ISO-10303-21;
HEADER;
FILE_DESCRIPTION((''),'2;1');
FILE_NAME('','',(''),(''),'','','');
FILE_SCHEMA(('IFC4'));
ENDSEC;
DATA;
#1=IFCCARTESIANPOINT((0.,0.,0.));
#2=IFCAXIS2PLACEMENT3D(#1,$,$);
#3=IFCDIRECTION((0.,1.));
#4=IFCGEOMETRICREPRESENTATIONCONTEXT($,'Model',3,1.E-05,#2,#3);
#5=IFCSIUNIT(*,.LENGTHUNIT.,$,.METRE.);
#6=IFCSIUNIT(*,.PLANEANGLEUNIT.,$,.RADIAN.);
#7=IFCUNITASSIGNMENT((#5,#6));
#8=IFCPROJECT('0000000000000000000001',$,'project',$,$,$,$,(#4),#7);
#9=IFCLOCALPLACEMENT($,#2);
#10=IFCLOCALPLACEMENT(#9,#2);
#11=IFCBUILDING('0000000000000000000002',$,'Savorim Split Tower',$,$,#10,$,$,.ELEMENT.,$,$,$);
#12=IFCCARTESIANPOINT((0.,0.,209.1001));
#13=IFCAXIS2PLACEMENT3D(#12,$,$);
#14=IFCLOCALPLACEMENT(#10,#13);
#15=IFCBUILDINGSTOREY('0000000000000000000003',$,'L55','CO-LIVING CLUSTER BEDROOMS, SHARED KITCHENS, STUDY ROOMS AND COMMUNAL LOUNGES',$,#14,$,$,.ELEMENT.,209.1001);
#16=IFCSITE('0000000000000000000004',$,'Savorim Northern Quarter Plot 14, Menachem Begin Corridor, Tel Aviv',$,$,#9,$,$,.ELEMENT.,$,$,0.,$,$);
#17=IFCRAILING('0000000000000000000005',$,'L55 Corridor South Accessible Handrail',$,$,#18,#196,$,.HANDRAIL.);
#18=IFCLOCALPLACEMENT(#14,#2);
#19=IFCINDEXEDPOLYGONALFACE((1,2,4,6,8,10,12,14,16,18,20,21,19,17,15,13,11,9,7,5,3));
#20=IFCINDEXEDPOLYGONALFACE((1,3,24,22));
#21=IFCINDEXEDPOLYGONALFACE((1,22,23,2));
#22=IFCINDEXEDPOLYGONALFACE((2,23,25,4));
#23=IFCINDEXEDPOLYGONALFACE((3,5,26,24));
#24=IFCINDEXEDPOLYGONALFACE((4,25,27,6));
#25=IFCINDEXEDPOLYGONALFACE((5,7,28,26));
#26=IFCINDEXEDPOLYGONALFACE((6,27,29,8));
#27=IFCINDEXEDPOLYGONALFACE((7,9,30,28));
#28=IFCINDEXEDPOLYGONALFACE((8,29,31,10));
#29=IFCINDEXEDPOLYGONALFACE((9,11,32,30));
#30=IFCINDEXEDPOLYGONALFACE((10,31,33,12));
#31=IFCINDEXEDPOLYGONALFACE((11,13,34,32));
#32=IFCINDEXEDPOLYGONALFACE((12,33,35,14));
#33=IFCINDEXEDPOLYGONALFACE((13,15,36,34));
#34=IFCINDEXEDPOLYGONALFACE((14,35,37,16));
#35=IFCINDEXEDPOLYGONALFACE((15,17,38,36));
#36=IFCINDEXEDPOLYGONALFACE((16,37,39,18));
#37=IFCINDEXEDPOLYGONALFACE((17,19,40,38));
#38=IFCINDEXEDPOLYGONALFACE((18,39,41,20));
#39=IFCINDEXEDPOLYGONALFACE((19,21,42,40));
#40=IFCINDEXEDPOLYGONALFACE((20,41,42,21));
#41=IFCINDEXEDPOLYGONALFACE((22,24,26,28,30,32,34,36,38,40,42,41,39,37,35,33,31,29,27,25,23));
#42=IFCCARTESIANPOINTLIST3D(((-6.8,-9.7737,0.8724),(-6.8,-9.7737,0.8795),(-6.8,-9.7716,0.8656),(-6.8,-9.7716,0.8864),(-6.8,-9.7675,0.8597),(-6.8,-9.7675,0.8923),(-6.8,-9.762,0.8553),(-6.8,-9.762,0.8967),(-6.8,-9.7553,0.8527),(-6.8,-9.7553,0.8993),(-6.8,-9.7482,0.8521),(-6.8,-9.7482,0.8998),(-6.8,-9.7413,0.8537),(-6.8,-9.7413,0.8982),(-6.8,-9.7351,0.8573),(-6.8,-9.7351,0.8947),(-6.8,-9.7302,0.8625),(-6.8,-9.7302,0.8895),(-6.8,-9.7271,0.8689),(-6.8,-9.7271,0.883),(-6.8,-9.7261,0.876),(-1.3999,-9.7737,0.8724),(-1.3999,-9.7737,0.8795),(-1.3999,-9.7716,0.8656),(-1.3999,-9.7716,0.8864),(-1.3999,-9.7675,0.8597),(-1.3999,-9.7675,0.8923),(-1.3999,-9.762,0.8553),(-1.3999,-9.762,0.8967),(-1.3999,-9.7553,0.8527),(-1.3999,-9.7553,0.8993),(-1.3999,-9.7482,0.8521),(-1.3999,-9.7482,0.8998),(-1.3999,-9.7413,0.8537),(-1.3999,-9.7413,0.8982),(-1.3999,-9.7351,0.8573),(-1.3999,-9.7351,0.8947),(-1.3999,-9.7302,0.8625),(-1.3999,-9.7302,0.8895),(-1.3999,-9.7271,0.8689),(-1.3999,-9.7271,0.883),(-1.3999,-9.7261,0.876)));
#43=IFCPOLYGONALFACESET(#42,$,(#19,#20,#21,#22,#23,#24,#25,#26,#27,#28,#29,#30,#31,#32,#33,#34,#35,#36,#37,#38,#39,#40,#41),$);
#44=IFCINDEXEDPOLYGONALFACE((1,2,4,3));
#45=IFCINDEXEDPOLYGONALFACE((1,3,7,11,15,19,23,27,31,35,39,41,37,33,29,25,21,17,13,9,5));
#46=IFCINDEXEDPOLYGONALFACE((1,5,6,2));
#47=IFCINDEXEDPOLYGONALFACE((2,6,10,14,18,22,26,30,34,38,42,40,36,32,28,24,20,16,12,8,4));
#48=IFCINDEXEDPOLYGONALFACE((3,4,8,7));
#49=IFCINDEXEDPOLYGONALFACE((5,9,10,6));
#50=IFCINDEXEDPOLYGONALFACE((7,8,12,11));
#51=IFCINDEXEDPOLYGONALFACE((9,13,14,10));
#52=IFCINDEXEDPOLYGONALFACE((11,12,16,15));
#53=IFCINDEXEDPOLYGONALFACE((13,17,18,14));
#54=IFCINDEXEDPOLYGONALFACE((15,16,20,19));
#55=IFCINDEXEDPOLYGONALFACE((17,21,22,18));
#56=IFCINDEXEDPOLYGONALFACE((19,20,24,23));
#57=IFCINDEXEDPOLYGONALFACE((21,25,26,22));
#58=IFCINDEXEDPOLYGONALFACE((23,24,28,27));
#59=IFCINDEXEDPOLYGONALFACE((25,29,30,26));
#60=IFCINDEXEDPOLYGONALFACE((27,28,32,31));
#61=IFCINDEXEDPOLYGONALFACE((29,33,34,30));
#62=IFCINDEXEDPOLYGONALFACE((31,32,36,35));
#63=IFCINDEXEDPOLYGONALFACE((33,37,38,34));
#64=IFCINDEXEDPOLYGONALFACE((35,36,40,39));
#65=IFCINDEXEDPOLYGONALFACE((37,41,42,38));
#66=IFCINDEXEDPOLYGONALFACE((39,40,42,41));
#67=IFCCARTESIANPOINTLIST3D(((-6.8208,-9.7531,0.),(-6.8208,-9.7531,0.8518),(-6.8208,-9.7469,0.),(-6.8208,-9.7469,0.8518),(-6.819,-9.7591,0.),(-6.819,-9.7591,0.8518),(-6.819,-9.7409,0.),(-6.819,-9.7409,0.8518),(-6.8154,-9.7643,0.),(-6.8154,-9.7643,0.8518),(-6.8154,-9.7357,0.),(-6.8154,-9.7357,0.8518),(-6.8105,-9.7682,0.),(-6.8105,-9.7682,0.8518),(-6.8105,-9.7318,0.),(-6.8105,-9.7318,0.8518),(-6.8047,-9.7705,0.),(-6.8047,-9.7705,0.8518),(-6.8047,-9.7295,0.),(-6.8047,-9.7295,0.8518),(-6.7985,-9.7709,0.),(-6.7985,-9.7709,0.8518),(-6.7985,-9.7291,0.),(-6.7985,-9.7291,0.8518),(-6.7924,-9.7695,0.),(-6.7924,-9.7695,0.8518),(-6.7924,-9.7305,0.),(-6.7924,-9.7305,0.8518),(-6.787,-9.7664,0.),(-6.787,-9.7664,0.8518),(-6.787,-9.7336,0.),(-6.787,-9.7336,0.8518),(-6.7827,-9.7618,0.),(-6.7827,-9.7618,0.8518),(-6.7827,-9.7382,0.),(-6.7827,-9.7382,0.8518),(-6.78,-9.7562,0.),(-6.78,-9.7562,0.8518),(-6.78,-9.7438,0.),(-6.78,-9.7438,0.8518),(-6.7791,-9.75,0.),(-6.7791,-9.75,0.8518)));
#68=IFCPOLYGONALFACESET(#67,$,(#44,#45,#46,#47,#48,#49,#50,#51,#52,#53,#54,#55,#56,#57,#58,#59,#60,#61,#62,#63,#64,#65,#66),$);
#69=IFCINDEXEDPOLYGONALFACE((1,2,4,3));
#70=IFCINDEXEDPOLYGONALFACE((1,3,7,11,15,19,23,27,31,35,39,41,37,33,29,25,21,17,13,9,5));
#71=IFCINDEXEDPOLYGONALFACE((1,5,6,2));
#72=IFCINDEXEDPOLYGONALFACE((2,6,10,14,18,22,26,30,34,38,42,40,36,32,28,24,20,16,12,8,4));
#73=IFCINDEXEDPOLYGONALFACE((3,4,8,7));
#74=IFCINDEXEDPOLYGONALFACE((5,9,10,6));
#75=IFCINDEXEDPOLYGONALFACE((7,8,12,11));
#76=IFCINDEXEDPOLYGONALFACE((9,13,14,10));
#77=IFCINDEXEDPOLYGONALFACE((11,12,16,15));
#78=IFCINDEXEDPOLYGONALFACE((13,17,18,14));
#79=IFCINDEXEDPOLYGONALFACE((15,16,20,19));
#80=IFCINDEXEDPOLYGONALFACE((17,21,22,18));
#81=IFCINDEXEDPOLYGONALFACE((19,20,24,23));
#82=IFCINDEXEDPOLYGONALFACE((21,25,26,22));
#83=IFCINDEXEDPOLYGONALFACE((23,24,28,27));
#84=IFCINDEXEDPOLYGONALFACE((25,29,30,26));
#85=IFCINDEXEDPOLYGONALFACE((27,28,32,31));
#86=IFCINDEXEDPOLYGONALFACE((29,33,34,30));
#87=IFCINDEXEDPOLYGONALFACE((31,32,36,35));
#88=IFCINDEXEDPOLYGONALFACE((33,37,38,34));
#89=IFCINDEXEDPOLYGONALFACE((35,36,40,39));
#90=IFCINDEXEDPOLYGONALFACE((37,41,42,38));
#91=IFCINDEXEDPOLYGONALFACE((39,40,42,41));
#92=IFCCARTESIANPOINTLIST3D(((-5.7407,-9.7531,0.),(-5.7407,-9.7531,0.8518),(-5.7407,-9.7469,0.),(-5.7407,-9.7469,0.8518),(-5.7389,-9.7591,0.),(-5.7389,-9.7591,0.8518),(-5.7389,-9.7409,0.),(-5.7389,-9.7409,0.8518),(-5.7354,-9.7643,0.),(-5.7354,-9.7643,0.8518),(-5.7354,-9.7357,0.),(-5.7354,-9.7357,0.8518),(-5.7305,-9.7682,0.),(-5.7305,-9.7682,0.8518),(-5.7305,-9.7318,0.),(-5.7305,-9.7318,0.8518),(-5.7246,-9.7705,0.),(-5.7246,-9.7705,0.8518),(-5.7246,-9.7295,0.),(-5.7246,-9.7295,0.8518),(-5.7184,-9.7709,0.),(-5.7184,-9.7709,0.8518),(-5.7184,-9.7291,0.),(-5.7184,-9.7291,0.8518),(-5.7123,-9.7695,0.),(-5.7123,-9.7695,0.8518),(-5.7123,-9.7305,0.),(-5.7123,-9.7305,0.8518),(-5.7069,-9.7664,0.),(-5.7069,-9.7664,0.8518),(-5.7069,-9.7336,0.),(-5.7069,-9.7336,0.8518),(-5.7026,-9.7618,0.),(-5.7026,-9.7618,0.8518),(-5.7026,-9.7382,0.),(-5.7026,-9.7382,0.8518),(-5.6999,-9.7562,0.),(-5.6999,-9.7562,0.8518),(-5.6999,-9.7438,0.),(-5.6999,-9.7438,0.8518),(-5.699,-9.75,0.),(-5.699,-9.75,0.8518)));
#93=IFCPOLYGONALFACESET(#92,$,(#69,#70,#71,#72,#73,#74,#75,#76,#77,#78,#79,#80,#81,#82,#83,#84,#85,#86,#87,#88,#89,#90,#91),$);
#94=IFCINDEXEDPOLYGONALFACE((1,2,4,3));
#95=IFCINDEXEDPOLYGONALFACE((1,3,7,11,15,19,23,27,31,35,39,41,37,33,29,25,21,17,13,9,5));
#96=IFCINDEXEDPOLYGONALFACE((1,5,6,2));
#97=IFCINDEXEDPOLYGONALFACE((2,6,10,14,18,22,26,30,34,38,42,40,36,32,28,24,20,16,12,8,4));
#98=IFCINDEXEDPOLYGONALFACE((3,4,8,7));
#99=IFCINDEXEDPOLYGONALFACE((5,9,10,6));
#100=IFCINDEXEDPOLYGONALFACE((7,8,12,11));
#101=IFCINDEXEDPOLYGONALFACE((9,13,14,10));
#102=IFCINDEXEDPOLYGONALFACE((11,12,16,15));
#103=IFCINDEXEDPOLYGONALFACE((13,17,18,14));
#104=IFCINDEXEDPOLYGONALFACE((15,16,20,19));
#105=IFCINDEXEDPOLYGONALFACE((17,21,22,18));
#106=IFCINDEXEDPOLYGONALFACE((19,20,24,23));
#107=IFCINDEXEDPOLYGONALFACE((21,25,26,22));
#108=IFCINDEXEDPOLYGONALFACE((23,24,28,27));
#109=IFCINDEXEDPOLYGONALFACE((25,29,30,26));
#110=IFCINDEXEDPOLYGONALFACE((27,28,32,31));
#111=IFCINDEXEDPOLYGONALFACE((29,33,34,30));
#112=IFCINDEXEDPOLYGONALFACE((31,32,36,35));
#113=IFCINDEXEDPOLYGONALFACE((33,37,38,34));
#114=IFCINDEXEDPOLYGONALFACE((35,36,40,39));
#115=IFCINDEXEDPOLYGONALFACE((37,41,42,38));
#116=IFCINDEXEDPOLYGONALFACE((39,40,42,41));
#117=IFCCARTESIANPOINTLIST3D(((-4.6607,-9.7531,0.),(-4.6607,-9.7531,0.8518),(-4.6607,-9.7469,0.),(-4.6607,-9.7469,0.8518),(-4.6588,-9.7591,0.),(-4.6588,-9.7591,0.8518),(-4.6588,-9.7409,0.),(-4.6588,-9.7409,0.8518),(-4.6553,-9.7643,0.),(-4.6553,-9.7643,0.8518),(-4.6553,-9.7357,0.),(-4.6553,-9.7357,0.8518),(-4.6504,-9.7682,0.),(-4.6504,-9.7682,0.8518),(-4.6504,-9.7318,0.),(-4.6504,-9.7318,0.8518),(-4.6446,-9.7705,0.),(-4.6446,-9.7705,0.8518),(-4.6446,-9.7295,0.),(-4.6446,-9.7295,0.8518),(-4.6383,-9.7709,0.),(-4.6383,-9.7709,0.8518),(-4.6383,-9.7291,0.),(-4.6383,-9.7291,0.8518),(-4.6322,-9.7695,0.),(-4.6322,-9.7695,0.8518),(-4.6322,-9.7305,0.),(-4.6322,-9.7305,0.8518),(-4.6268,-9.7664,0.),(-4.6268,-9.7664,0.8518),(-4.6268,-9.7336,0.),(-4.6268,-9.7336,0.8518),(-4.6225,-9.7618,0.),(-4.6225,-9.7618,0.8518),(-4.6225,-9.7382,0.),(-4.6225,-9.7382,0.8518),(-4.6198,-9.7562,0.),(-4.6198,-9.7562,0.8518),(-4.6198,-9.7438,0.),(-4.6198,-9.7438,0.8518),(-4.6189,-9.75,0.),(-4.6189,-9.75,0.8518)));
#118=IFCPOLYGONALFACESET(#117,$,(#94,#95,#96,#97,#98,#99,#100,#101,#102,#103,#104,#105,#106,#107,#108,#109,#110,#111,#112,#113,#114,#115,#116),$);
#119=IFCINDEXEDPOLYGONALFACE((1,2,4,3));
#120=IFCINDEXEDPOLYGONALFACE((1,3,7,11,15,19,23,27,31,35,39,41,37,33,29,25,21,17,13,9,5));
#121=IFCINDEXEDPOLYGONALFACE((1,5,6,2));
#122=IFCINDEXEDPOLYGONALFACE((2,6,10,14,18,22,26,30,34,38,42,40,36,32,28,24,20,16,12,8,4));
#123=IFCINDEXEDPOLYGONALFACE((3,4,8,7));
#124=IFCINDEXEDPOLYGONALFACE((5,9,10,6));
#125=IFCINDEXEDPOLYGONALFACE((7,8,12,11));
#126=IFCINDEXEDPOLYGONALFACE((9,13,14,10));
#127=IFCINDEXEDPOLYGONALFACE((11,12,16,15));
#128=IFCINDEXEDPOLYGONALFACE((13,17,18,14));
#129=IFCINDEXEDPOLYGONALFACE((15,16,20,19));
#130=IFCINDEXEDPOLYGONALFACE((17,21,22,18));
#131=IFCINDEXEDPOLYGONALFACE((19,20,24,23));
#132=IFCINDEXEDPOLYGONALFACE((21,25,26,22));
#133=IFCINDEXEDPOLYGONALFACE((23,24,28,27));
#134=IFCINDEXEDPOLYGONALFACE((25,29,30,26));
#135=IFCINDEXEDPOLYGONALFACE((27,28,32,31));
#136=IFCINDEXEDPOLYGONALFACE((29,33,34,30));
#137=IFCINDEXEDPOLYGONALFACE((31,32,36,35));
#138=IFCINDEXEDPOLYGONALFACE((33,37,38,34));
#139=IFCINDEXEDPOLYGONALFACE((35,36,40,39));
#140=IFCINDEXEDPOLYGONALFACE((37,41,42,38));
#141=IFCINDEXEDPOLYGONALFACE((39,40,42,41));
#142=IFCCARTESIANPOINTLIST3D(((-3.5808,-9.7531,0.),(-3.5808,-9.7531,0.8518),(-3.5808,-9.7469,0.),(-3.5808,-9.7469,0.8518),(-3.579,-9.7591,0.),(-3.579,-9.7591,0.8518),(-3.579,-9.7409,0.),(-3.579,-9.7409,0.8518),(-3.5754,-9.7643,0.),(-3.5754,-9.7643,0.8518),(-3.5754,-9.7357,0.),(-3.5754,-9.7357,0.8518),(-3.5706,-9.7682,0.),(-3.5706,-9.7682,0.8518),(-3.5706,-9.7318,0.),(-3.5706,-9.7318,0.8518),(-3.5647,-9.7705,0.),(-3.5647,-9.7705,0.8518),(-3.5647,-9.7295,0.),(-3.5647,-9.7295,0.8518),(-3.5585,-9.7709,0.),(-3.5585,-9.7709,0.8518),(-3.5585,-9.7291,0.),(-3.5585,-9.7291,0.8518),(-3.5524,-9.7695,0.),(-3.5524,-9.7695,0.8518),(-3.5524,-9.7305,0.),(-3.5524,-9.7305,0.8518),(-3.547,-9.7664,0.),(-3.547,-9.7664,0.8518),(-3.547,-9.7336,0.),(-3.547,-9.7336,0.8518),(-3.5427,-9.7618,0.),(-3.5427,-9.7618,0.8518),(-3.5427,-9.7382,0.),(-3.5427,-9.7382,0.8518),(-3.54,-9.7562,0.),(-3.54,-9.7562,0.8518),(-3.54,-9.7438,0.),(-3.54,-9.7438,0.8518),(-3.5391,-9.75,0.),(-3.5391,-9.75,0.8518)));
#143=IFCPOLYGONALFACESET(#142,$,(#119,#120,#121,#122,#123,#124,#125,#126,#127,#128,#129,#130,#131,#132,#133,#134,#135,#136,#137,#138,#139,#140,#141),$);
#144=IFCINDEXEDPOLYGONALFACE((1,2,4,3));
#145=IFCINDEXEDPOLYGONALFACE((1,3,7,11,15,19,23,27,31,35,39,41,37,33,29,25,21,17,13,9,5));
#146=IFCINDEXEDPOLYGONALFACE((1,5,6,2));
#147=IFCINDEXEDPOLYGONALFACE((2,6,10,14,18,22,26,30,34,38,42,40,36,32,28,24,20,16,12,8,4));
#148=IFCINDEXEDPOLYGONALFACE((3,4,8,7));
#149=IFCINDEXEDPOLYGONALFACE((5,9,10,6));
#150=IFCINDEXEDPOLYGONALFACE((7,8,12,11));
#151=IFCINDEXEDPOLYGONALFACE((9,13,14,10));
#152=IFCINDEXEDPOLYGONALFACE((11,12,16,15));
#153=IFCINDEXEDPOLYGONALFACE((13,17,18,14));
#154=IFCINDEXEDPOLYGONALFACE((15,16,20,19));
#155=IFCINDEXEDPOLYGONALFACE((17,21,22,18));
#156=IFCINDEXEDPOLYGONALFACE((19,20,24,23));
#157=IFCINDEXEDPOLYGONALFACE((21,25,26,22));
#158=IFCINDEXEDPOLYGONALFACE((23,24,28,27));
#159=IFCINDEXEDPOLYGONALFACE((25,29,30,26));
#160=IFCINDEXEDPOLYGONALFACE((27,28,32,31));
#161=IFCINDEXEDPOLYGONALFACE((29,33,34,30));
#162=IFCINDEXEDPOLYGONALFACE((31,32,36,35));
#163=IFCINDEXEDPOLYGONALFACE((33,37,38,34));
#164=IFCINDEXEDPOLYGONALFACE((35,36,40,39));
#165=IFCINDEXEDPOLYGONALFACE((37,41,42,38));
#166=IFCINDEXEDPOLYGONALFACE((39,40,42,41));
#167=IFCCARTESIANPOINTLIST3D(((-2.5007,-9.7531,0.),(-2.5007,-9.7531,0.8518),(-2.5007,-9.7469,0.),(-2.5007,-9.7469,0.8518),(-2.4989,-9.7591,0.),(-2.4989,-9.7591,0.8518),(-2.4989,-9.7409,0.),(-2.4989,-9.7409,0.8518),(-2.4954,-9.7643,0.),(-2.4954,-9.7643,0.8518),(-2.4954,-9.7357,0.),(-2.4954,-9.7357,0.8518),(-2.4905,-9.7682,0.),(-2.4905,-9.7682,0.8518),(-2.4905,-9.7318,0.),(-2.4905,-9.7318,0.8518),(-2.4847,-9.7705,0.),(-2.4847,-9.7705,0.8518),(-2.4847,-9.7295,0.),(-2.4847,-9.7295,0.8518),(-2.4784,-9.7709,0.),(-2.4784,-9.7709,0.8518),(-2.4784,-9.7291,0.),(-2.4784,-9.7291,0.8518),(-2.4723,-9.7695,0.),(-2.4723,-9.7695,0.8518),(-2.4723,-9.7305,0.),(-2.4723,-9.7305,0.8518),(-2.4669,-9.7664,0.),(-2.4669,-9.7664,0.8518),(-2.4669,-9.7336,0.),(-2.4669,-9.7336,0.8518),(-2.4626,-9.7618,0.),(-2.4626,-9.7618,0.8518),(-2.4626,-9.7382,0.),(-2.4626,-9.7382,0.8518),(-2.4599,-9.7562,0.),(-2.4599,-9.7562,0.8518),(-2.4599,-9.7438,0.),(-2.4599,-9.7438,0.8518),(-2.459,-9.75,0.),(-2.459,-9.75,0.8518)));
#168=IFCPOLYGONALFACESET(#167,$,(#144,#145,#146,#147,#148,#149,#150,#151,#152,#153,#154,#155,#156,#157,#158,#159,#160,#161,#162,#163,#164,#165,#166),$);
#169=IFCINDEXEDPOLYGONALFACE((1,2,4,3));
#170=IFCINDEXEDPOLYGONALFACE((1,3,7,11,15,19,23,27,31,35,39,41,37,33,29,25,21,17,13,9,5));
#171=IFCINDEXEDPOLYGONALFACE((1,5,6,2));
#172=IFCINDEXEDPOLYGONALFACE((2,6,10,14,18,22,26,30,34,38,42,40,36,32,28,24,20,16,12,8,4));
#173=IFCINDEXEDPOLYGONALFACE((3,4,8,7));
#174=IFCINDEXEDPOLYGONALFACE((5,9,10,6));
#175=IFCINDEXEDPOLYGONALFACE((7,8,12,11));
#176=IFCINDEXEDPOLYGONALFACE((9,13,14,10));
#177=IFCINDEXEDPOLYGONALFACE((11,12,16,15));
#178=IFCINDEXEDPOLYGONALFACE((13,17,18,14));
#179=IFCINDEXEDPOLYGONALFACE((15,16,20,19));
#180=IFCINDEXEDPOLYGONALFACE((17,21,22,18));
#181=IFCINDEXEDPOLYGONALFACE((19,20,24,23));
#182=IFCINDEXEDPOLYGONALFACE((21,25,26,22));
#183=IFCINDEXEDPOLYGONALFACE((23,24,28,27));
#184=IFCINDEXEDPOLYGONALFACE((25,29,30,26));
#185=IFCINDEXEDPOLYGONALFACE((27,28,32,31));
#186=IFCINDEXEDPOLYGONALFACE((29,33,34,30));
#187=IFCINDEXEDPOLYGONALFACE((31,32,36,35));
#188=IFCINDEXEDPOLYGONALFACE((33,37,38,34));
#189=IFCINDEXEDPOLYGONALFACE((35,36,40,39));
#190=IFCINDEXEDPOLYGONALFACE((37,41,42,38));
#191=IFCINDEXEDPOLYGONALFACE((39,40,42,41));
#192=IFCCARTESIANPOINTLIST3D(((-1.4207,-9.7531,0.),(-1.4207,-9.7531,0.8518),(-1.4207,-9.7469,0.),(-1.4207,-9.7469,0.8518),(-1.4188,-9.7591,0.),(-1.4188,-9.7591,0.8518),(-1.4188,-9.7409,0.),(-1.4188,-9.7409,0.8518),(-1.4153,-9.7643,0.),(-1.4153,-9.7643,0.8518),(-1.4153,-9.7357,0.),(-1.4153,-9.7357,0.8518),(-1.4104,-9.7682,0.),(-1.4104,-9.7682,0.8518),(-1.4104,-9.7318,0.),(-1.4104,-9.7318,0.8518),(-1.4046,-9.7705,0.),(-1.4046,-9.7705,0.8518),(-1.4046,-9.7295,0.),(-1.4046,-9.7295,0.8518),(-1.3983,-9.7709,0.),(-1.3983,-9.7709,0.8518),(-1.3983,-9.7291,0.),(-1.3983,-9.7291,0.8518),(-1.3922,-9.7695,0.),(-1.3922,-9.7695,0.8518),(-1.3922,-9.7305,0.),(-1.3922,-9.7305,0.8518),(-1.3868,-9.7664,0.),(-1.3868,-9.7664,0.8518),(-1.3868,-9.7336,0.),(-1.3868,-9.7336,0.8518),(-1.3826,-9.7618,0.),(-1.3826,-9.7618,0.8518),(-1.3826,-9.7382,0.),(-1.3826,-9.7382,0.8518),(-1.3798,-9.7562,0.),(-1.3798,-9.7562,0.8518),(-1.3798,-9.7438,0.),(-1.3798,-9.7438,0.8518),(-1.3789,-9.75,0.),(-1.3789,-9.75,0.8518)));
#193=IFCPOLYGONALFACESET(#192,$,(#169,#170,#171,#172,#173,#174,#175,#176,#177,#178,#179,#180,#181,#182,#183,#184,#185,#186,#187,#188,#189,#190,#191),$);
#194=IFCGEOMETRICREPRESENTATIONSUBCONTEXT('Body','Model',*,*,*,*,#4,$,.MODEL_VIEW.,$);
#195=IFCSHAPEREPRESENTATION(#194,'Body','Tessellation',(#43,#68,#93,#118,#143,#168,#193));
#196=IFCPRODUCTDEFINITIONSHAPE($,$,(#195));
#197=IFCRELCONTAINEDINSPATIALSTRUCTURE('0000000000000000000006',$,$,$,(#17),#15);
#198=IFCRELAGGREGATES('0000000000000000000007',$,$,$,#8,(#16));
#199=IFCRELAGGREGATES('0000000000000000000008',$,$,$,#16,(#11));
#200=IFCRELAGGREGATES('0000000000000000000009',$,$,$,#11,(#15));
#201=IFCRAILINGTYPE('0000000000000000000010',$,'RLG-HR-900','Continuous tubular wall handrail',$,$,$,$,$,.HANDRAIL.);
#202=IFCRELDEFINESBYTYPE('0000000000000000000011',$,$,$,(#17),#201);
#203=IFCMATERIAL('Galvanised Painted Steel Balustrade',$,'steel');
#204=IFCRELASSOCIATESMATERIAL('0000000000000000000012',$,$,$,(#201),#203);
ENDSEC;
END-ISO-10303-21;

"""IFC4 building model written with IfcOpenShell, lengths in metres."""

from ifc_helpers import new_model, si_unit, direction, frame, origin, origin_2d, place, context, subcontext, project, spatial, circle, extrude, material, type_object, element, save


model = new_model("IFC4")

# Units and contexts
model_context = context("Model", 3, precision=1e-05, world=origin(), true_north=direction((0.0, 1.0)))
body_context = subcontext(model_context, "Body", "Model", "MODEL_VIEW")
ifc_project = project(units=[si_unit("LENGTHUNIT", "METRE"), si_unit("PLANEANGLEUNIT", "RADIAN")], contexts=[model_context])

# Site, building, storey
site_placement = place(None, origin())
site = spatial("IfcSite", under=ifc_project, at=site_placement, Name="Savorim Northern Quarter Plot 14, Menachem Begin Corridor, Tel Aviv", CompositionType="ELEMENT", RefElevation=0.0)
building_placement = place(site_placement, origin())
building = spatial("IfcBuilding", under=site, at=building_placement, Name="Savorim Split Tower", CompositionType="ELEMENT")
storey_placement = place(building_placement, frame((0.0, 0.0, 209.1001)))
storey = spatial("IfcBuildingStorey", under=building, at=storey_placement, Name="L55", Description="CO-LIVING CLUSTER BEDROOMS, SHARED KITCHENS, STUDY ROOMS AND COMMUNAL LOUNGES", CompositionType="ELEMENT", Elevation=209.1001)

# Railing
ifc_material_1 = material(Name="Galvanised Painted Steel Balustrade", Category="steel")
railing_type = type_object("IfcRailingType", Name="RLG-HR-900", Description="Continuous tubular wall handrail", PredefinedType="HANDRAIL", material=ifc_material_1)
railing_1_placement = place(storey_placement, frame((-6.8, -9.75, 0.0)))
element("IfcRailing", 1, at=railing_1_placement, inside=storey, type_object=railing_type, Name="L55 Corridor South Accessible Handrail", PredefinedType="HANDRAIL", context=body_context, shape_type="SweptSolid", body=[
    extrude(circle(Radius=0.0239, at=origin_2d()), frame((0.0, 0.0, 0.876), z_axis=(1.0, 0.0, 0.0), x_axis=(0.0, 1.0, 0.0)), (0.0, 0.0, 1.0), 5.4001),
    extrude(circle(Radius=0.021, at=origin_2d()), origin(), (0.0, 0.0, 1.0), 0.8518),
    extrude(circle(Radius=0.021, at=origin_2d()), frame((1.0801, 0.0, 0.0)), (0.0, 0.0, 1.0), 0.8518),
    extrude(circle(Radius=0.021, at=origin_2d()), frame((2.1602, 0.0, 0.0)), (0.0, 0.0, 1.0), 0.8518),
    extrude(circle(Radius=0.021, at=origin_2d()), frame((3.24, 0.0, 0.0)), (0.0, 0.0, 1.0), 0.8518),
    extrude(circle(Radius=0.021, at=origin_2d()), frame((4.3201, 0.0, 0.0)), (0.0, 0.0, 1.0), 0.8518),
    extrude(circle(Radius=0.021, at=origin_2d()), frame((5.4001, 0.0, 0.0)), (0.0, 0.0, 1.0), 0.8518),
])

save(model, "model.ifc")
